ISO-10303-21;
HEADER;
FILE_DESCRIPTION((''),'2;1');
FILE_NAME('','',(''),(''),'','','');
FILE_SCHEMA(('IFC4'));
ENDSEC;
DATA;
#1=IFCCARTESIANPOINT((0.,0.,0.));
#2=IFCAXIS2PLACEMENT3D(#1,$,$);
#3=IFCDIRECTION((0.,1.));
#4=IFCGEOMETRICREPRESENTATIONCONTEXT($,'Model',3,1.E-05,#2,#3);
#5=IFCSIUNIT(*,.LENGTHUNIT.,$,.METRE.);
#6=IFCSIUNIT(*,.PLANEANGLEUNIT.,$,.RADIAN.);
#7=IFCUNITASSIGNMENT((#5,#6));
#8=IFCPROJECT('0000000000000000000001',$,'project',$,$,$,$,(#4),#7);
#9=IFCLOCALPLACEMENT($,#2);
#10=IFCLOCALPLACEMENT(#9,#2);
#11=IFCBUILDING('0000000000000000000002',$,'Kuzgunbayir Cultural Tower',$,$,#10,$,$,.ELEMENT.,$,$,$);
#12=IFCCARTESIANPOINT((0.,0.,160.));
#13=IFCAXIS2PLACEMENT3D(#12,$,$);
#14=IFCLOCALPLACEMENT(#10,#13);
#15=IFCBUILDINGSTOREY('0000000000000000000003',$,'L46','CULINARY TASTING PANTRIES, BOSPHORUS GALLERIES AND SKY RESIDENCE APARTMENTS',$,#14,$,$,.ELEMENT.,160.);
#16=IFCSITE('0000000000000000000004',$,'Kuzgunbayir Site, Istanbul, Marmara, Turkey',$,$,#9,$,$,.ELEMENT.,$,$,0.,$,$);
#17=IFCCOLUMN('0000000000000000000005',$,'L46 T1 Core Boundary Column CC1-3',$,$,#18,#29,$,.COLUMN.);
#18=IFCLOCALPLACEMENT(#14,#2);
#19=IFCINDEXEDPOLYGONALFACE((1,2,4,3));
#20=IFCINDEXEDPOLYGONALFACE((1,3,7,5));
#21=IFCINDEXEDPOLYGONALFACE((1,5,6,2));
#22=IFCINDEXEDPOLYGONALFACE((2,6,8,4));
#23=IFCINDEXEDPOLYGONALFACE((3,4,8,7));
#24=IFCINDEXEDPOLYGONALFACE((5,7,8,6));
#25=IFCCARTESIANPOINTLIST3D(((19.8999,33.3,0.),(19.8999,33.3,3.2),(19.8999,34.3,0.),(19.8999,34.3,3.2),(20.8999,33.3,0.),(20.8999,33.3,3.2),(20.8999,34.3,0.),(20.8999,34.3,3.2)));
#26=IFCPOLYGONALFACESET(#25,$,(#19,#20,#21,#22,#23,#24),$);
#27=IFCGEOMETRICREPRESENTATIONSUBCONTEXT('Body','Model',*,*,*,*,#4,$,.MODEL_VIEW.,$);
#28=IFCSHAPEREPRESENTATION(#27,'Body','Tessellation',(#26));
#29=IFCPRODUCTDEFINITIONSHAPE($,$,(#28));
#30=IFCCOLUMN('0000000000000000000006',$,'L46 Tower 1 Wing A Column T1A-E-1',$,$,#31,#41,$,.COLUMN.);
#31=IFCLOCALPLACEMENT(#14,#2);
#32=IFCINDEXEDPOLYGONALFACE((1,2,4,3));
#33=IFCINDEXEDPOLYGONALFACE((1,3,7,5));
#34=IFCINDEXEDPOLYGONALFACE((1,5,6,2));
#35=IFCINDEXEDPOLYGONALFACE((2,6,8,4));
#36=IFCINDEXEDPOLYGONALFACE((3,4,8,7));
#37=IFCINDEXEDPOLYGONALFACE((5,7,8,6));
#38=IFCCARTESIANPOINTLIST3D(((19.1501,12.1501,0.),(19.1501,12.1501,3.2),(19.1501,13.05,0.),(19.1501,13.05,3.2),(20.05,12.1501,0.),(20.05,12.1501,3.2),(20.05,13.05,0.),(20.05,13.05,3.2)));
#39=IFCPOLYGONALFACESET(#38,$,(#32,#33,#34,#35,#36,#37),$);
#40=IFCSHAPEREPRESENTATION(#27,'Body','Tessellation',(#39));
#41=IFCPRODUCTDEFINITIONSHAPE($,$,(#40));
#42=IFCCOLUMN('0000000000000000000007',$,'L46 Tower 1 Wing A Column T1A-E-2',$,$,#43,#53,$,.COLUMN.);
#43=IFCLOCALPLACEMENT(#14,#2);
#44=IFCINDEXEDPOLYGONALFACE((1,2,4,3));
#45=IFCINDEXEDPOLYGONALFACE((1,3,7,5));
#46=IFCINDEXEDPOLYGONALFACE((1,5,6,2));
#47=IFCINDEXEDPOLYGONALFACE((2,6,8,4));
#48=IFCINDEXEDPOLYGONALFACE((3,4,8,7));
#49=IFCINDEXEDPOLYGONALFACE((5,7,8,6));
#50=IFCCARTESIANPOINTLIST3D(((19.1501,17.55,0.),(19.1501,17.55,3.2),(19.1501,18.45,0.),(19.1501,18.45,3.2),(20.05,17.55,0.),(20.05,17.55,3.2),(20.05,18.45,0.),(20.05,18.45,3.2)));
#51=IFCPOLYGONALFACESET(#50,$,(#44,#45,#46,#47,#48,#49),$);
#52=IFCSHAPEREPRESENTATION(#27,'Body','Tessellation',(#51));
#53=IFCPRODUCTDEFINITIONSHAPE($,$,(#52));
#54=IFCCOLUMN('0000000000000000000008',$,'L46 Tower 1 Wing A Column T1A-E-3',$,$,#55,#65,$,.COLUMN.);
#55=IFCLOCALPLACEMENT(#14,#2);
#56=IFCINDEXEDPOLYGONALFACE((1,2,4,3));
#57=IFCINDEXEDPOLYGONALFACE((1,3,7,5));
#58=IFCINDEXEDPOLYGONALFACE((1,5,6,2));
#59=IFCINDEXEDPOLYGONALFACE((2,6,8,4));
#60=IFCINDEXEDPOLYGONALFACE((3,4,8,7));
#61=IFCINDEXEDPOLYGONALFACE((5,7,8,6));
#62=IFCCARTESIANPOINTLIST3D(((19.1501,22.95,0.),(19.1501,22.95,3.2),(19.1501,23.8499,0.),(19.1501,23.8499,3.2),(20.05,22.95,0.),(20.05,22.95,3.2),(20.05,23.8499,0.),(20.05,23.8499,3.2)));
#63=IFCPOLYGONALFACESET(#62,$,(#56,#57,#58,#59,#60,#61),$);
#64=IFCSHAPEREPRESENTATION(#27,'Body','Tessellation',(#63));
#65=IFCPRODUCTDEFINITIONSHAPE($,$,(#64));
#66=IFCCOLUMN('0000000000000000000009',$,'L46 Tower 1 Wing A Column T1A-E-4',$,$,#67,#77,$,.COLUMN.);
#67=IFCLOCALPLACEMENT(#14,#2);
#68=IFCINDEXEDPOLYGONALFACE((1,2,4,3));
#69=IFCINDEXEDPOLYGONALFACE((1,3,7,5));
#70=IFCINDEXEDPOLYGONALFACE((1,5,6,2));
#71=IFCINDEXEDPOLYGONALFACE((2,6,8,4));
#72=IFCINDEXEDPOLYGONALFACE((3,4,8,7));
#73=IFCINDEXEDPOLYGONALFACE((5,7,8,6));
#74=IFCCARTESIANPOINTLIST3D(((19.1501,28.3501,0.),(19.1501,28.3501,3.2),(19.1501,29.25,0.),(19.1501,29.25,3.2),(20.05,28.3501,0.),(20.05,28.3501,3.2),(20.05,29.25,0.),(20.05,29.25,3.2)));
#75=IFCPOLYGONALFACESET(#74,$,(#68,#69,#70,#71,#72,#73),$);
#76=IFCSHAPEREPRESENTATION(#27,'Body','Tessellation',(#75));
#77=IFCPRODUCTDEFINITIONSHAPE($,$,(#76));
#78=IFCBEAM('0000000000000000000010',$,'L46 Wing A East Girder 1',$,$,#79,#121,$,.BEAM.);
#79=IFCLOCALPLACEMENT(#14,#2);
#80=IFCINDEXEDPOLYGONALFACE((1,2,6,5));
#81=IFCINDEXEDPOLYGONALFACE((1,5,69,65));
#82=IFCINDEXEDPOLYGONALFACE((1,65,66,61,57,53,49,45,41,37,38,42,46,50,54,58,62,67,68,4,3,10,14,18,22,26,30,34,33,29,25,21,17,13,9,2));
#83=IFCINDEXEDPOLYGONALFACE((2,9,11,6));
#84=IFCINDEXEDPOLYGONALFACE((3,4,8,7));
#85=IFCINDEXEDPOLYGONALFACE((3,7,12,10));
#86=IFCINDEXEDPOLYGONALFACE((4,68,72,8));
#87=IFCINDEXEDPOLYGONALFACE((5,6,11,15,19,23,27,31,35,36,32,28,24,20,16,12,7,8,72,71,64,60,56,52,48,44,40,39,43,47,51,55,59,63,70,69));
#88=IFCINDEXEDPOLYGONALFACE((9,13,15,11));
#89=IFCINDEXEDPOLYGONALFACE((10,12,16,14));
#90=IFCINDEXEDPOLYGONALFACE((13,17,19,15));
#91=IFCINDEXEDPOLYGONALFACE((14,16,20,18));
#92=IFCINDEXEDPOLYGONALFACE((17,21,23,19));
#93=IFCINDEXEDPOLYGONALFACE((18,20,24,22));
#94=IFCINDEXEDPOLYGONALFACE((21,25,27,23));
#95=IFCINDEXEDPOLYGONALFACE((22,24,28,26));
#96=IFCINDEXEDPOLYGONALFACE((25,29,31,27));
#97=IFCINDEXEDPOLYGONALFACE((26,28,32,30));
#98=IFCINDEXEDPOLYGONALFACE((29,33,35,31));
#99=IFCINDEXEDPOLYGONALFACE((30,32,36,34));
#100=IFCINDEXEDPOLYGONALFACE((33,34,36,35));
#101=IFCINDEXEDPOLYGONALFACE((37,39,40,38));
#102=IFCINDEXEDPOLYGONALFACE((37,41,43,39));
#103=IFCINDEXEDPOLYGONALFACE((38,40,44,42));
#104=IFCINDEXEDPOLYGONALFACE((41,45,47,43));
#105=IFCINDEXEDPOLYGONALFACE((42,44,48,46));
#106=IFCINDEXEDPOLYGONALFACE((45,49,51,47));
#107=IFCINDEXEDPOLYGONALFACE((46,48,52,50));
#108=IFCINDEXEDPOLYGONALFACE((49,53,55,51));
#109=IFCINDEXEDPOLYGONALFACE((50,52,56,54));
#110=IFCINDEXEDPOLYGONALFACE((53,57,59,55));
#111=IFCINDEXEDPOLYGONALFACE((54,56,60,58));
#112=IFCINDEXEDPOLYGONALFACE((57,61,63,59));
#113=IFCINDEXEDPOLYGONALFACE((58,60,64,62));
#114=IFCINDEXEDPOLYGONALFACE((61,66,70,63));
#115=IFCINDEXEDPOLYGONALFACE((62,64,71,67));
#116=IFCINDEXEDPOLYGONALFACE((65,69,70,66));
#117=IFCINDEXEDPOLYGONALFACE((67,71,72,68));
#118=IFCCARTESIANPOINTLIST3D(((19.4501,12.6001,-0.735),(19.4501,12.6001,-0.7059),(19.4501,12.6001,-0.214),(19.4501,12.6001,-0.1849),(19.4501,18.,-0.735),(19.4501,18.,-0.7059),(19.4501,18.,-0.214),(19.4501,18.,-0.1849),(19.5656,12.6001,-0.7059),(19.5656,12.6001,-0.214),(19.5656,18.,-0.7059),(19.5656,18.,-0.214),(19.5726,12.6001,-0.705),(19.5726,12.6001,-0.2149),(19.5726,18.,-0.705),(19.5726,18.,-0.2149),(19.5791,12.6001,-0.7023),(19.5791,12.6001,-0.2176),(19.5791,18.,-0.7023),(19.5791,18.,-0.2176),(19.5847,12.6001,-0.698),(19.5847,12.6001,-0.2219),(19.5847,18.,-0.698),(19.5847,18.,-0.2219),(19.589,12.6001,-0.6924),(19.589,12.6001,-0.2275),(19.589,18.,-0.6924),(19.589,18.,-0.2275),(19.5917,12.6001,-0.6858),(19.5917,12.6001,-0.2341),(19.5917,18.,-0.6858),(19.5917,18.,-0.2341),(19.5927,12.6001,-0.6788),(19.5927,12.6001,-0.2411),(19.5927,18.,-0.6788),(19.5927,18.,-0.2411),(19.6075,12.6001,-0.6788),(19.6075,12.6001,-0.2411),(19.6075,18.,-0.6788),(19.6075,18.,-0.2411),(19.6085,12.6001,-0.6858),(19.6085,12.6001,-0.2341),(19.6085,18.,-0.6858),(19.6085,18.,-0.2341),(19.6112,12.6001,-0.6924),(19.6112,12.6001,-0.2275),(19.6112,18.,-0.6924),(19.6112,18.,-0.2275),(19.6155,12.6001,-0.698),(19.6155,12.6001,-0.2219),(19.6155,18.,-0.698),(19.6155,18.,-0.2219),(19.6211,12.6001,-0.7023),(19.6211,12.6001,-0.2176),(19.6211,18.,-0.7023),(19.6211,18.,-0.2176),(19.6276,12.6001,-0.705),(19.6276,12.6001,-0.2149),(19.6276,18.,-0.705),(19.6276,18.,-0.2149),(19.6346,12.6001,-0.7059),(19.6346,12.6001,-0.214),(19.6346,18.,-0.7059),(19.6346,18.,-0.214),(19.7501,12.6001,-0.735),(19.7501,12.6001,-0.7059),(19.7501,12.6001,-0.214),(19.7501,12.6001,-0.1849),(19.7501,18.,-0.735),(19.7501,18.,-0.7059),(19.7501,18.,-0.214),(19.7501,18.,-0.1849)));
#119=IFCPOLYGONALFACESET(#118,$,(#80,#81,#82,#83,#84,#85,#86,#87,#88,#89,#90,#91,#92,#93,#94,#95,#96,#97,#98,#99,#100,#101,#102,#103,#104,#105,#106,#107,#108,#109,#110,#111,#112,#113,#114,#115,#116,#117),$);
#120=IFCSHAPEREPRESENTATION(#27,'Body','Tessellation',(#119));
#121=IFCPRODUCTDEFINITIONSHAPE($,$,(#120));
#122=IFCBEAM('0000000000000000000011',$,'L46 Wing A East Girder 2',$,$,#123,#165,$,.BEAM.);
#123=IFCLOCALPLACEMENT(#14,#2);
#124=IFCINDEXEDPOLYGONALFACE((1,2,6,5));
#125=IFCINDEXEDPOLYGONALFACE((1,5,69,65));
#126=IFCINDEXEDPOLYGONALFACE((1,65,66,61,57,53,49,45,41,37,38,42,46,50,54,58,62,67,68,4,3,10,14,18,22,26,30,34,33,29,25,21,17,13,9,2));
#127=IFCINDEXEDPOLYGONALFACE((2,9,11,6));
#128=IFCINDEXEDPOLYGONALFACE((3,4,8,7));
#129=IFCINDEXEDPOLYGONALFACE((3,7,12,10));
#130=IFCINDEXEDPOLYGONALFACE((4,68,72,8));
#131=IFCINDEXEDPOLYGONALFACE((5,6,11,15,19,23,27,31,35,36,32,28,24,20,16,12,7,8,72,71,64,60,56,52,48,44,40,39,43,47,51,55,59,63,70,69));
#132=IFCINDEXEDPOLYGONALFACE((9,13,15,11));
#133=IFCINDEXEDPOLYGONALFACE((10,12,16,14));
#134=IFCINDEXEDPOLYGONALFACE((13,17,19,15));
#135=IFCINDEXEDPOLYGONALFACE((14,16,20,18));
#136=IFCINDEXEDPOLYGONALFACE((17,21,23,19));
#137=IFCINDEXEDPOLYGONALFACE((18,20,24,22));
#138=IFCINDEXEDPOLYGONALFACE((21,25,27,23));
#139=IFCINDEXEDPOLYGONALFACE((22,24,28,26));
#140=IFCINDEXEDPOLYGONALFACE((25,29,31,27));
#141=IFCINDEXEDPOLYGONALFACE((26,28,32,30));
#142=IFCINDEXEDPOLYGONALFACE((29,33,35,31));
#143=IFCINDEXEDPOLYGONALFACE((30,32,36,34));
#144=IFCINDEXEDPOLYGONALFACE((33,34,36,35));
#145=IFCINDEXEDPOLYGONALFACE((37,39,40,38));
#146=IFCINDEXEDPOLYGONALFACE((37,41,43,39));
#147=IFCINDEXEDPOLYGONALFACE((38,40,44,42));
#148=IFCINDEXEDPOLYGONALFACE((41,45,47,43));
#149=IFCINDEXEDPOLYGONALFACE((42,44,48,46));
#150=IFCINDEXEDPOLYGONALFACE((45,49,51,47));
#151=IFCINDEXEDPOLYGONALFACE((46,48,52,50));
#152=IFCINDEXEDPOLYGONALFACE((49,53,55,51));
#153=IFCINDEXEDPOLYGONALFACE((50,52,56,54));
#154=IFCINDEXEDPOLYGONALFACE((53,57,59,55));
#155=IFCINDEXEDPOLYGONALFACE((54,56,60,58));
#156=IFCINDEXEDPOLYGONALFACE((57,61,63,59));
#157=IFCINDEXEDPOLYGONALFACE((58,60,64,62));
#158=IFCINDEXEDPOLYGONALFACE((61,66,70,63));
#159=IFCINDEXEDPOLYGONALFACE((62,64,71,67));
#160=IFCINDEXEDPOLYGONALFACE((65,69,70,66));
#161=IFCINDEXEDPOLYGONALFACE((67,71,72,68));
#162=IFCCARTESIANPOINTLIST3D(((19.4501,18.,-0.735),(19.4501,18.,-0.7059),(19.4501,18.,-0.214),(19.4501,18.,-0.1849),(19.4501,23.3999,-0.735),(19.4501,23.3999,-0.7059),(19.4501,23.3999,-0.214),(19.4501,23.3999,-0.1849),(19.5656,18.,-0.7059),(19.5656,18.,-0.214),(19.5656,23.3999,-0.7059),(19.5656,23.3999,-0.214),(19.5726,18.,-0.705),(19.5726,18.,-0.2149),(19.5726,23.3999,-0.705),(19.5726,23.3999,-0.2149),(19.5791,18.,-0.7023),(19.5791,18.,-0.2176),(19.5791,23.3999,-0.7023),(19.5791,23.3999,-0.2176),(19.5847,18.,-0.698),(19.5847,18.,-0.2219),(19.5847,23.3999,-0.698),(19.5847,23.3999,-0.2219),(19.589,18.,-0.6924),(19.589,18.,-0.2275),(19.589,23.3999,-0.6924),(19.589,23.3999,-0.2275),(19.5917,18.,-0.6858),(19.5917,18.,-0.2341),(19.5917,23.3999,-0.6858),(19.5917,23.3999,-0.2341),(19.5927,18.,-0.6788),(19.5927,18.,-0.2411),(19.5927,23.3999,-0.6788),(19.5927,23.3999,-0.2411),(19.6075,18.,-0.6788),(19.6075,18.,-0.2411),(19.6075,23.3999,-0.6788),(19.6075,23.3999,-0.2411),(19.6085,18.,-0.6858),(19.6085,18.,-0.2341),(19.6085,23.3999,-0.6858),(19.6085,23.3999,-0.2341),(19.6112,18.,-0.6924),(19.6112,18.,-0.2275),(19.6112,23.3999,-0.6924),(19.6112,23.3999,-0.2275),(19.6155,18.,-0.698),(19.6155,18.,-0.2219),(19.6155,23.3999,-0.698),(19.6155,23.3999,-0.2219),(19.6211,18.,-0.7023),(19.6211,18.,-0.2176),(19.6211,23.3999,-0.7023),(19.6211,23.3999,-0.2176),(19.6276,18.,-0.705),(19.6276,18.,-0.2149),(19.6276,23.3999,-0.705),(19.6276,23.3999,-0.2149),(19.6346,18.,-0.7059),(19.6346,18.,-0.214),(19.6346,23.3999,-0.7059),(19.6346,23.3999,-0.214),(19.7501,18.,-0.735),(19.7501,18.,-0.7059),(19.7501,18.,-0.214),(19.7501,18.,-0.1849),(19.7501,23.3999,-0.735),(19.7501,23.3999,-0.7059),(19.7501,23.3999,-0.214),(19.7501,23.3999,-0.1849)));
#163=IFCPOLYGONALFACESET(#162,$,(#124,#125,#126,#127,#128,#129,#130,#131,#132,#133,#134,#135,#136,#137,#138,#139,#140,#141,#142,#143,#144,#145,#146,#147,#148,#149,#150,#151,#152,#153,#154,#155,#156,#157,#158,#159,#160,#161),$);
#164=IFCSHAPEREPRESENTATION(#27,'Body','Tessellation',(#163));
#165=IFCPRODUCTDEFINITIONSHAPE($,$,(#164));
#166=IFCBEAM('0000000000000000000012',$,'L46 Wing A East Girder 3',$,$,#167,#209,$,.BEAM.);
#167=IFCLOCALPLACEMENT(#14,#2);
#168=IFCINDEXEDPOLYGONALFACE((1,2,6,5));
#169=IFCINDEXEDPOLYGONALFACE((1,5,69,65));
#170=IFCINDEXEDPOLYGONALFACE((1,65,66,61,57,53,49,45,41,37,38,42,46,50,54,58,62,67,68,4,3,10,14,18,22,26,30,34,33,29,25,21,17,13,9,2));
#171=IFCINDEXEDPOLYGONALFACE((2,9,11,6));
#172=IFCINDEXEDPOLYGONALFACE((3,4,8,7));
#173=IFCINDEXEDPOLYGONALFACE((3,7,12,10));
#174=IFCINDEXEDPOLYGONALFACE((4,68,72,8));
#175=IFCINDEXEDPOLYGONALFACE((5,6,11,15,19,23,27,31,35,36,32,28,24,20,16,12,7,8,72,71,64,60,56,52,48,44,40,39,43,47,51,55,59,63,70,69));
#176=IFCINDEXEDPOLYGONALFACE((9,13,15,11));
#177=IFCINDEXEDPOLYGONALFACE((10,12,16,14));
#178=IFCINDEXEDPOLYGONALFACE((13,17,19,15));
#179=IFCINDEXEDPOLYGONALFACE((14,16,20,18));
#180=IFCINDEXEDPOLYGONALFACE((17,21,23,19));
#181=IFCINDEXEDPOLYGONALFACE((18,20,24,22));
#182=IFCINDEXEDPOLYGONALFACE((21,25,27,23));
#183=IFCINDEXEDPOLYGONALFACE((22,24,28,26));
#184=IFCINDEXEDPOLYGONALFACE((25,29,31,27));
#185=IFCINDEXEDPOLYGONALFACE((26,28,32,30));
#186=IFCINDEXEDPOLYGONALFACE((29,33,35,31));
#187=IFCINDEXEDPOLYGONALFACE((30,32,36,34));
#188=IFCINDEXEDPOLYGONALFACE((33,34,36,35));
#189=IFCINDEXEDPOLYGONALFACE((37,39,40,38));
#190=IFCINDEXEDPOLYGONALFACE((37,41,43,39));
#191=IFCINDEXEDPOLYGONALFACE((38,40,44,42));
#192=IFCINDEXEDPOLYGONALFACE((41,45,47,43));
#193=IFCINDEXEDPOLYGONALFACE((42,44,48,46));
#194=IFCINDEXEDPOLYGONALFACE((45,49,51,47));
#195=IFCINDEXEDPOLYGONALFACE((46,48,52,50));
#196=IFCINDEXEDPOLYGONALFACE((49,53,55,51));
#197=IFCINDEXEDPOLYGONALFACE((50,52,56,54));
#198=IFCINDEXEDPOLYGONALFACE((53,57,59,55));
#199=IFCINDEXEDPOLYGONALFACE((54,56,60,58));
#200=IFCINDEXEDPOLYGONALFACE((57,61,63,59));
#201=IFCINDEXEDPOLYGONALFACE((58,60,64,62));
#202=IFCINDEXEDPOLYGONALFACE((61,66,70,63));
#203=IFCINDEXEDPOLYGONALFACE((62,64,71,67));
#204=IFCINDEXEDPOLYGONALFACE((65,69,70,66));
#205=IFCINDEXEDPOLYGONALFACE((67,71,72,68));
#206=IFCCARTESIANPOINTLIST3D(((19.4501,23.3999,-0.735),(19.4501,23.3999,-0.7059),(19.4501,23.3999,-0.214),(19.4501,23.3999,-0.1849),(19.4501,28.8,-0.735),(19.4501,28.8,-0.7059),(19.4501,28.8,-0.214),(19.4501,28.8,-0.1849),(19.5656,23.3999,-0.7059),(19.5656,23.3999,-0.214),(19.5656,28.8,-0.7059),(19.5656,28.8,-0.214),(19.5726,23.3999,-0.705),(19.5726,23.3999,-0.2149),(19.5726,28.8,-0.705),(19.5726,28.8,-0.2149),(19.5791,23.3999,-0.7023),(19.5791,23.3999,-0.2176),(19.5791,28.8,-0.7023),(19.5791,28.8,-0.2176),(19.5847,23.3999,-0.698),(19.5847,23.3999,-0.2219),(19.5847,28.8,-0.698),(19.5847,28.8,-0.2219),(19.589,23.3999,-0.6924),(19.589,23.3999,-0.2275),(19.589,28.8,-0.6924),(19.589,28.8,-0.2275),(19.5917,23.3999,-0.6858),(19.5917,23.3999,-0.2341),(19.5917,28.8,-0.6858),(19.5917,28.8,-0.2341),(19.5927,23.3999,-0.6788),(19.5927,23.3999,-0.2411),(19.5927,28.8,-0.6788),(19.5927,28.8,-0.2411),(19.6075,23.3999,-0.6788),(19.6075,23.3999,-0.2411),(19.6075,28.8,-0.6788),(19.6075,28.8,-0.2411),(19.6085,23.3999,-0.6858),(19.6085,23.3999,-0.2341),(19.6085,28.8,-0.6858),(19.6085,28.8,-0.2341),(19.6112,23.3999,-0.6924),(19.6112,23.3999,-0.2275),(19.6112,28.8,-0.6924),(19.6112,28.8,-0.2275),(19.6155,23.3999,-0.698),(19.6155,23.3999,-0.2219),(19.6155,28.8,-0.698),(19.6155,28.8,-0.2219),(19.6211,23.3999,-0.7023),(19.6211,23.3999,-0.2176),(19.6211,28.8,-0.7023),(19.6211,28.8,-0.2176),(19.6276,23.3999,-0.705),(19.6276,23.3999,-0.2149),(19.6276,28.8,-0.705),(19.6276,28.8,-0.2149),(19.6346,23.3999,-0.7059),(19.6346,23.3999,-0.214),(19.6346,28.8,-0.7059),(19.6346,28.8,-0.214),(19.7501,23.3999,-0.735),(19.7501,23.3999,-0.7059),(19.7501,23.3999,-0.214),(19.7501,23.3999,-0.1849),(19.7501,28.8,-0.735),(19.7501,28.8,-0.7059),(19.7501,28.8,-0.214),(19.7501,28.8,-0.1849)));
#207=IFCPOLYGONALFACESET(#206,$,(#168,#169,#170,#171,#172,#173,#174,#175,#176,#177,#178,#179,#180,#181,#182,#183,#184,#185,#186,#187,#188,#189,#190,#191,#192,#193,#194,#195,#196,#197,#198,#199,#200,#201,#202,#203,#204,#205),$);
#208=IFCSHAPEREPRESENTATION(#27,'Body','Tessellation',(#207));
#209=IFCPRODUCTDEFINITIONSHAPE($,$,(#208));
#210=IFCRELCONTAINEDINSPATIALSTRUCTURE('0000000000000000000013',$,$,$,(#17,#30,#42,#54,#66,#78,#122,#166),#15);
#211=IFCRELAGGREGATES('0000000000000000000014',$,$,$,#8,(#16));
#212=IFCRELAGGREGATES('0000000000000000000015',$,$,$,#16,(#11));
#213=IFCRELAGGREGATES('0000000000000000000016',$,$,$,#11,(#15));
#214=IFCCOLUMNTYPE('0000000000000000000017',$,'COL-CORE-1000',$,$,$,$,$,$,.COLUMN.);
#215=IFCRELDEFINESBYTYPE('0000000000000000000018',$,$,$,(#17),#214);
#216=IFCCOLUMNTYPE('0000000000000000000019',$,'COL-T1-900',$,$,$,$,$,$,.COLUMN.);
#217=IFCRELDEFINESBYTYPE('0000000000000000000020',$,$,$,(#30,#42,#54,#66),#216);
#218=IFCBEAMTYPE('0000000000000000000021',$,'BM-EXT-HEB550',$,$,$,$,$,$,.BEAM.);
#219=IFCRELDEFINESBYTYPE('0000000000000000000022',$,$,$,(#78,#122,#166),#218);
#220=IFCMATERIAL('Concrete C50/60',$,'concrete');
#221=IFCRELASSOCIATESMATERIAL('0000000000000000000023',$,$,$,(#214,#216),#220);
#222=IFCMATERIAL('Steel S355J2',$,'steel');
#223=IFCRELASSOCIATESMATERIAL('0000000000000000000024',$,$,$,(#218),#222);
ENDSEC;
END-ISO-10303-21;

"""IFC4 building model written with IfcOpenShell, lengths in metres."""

from ifc_helpers import new_model, si_unit, direction, frame, origin, origin_2d, place, context, subcontext, project, spatial, rectangle, i_section, extrude, material, material_profile, profile_set, type_object, element, save


model = new_model("IFC4")

# Units and contexts
model_context = context("Model", 3, precision=1e-05, world=origin(), true_north=direction((0.0, 1.0)))
body_context = subcontext(model_context, "Body", "Model", "MODEL_VIEW")
ifc_project = project(units=[si_unit("LENGTHUNIT", "METRE"), si_unit("PLANEANGLEUNIT", "RADIAN")], contexts=[model_context])

# Site, building, storey
site_placement = place(None, origin())
site = spatial("IfcSite", under=ifc_project, at=site_placement, Name="Kuzgunbayir Site, Istanbul, Marmara, Turkey", CompositionType="ELEMENT", RefElevation=0.0)
building_placement = place(site_placement, origin())
building = spatial("IfcBuilding", under=site, at=building_placement, Name="Kuzgunbayir Cultural Tower", CompositionType="ELEMENT")
storey_placement = place(building_placement, frame((0.0, 0.0, 160.0)))
storey = spatial("IfcBuildingStorey", under=building, at=storey_placement, Name="L46", Description="CULINARY TASTING PANTRIES, BOSPHORUS GALLERIES AND SKY RESIDENCE APARTMENTS", CompositionType="ELEMENT", Elevation=160.0)

# Columns
ifc_material_1 = material(Name="Concrete C50/60", Category="concrete")
ifc_material_profile_1 = material_profile(ifc_material_1, rectangle(XDim=1.0, YDim=1.0, at=origin_2d()), Name="RC 1000x1000")
ifc_profile_set_1 = profile_set([ifc_material_profile_1], Name="Concrete C50/60")
column_type_1 = type_object("IfcColumnType", Name="COL-CORE-1000", PredefinedType="COLUMN", material=ifc_profile_set_1)
column_placement = place(storey_placement, frame((20.3999, 33.8, 0.0), z_axis=(0.0, 0.0, 1.0), x_axis=(1.0, 0.0, 0.0)))
element("IfcColumn", 1, at=column_placement, inside=storey, type_object=column_type_1, Name="L46 T1 Core Boundary Column CC1-3", PredefinedType="COLUMN", context=body_context, shape_type="SweptSolid", body=[
    extrude(rectangle(XDim=1.0, YDim=1.0, at=origin_2d()), origin(), (0.0, 0.0, 1.0), 3.2),
])
ifc_material_profile_2 = material_profile(ifc_material_1, rectangle(XDim=0.8999, YDim=0.8999, at=origin_2d()), Name="RC 900x900")
ifc_profile_set_2 = profile_set([ifc_material_profile_2], Name="Concrete C50/60")
column_type_2 = type_object("IfcColumnType", Name="COL-T1-900", PredefinedType="COLUMN", material=ifc_profile_set_2)
for number, where, z_axis, x_axis, name in (
    (2, (19.6001, 12.6001, 0.0), (0.0, 0.0, 1.0), (1.0, 0.0, 0.0), "L46 Tower 1 Wing A Column T1A-E-1"),
    (3, (19.6001, 18.0, 0.0), (0.0, 0.0, 1.0), (1.0, 0.0, 0.0), "L46 Tower 1 Wing A Column T1A-E-2"),
    (4, (19.6001, 23.3999, 0.0), (0.0, 0.0, 1.0), (1.0, 0.0, 0.0), "L46 Tower 1 Wing A Column T1A-E-3"),
    (5, (19.6001, 28.8, 0.0), (0.0, 0.0, 1.0), (1.0, 0.0, 0.0), "L46 Tower 1 Wing A Column T1A-E-4"),
):
    element("IfcColumn", number, at=place(storey_placement, frame(where, z_axis=z_axis, x_axis=x_axis)), inside=storey, type_object=column_type_2, Name=name, PredefinedType="COLUMN", context=body_context, shape_type="SweptSolid", body=[
        extrude(rectangle(XDim=0.8999, YDim=0.8999, at=origin_2d()), origin(), (0.0, 0.0, 1.0), 3.2),
    ])

# Beams
ifc_material_2 = material(Name="Steel S355J2", Category="steel")
ifc_material_profile_3 = material_profile(ifc_material_2, i_section(OverallWidth=0.3, OverallDepth=0.55, WebThickness=0.0149, FlangeThickness=0.0291, FilletRadius=0.0271, at=origin_2d()), Name="HEB 550")
ifc_profile_set_3 = profile_set([ifc_material_profile_3], Name="Steel S355J2")
beam_type_1 = type_object("IfcBeamType", Name="BM-EXT-HEB550", PredefinedType="BEAM", material=ifc_profile_set_3)
for number, where, z_axis, x_axis, name in (
    (6, (19.6001, 12.6001, -0.46), (0.0, 1.0, 0.0), (-1.0, 0.0, 0.0), "L46 Wing A East Girder 1"),
    (7, (19.6001, 18.0, -0.46), (0.0, 1.0, 0.0), (-1.0, 0.0, 0.0), "L46 Wing A East Girder 2"),
):
    element("IfcBeam", number, at=place(storey_placement, frame(where, z_axis=z_axis, x_axis=x_axis)), inside=storey, type_object=beam_type_1, Name=name, PredefinedType="BEAM", context=body_context, shape_type="SweptSolid", body=[
        extrude(i_section(OverallWidth=0.3, OverallDepth=0.55, WebThickness=0.0149, FlangeThickness=0.0291, FilletRadius=0.0271, at=origin_2d()), origin(), (0.0, 0.0, 1.0), 5.3999),
    ])
beam_1_placement = place(storey_placement, frame((19.6001, 23.3999, -0.46), z_axis=(0.0, 1.0, 0.0), x_axis=(-1.0, 0.0, 0.0)))
element("IfcBeam", 8, at=beam_1_placement, inside=storey, type_object=beam_type_1, Name="L46 Wing A East Girder 3", PredefinedType="BEAM", context=body_context, shape_type="SweptSolid", body=[
    extrude(i_section(OverallWidth=0.3, OverallDepth=0.55, WebThickness=0.0149, FlangeThickness=0.0291, FilletRadius=0.0271, at=origin_2d()), origin(), (0.0, 0.0, 1.0), 5.4001),
])

save(model, "model.ifc")
